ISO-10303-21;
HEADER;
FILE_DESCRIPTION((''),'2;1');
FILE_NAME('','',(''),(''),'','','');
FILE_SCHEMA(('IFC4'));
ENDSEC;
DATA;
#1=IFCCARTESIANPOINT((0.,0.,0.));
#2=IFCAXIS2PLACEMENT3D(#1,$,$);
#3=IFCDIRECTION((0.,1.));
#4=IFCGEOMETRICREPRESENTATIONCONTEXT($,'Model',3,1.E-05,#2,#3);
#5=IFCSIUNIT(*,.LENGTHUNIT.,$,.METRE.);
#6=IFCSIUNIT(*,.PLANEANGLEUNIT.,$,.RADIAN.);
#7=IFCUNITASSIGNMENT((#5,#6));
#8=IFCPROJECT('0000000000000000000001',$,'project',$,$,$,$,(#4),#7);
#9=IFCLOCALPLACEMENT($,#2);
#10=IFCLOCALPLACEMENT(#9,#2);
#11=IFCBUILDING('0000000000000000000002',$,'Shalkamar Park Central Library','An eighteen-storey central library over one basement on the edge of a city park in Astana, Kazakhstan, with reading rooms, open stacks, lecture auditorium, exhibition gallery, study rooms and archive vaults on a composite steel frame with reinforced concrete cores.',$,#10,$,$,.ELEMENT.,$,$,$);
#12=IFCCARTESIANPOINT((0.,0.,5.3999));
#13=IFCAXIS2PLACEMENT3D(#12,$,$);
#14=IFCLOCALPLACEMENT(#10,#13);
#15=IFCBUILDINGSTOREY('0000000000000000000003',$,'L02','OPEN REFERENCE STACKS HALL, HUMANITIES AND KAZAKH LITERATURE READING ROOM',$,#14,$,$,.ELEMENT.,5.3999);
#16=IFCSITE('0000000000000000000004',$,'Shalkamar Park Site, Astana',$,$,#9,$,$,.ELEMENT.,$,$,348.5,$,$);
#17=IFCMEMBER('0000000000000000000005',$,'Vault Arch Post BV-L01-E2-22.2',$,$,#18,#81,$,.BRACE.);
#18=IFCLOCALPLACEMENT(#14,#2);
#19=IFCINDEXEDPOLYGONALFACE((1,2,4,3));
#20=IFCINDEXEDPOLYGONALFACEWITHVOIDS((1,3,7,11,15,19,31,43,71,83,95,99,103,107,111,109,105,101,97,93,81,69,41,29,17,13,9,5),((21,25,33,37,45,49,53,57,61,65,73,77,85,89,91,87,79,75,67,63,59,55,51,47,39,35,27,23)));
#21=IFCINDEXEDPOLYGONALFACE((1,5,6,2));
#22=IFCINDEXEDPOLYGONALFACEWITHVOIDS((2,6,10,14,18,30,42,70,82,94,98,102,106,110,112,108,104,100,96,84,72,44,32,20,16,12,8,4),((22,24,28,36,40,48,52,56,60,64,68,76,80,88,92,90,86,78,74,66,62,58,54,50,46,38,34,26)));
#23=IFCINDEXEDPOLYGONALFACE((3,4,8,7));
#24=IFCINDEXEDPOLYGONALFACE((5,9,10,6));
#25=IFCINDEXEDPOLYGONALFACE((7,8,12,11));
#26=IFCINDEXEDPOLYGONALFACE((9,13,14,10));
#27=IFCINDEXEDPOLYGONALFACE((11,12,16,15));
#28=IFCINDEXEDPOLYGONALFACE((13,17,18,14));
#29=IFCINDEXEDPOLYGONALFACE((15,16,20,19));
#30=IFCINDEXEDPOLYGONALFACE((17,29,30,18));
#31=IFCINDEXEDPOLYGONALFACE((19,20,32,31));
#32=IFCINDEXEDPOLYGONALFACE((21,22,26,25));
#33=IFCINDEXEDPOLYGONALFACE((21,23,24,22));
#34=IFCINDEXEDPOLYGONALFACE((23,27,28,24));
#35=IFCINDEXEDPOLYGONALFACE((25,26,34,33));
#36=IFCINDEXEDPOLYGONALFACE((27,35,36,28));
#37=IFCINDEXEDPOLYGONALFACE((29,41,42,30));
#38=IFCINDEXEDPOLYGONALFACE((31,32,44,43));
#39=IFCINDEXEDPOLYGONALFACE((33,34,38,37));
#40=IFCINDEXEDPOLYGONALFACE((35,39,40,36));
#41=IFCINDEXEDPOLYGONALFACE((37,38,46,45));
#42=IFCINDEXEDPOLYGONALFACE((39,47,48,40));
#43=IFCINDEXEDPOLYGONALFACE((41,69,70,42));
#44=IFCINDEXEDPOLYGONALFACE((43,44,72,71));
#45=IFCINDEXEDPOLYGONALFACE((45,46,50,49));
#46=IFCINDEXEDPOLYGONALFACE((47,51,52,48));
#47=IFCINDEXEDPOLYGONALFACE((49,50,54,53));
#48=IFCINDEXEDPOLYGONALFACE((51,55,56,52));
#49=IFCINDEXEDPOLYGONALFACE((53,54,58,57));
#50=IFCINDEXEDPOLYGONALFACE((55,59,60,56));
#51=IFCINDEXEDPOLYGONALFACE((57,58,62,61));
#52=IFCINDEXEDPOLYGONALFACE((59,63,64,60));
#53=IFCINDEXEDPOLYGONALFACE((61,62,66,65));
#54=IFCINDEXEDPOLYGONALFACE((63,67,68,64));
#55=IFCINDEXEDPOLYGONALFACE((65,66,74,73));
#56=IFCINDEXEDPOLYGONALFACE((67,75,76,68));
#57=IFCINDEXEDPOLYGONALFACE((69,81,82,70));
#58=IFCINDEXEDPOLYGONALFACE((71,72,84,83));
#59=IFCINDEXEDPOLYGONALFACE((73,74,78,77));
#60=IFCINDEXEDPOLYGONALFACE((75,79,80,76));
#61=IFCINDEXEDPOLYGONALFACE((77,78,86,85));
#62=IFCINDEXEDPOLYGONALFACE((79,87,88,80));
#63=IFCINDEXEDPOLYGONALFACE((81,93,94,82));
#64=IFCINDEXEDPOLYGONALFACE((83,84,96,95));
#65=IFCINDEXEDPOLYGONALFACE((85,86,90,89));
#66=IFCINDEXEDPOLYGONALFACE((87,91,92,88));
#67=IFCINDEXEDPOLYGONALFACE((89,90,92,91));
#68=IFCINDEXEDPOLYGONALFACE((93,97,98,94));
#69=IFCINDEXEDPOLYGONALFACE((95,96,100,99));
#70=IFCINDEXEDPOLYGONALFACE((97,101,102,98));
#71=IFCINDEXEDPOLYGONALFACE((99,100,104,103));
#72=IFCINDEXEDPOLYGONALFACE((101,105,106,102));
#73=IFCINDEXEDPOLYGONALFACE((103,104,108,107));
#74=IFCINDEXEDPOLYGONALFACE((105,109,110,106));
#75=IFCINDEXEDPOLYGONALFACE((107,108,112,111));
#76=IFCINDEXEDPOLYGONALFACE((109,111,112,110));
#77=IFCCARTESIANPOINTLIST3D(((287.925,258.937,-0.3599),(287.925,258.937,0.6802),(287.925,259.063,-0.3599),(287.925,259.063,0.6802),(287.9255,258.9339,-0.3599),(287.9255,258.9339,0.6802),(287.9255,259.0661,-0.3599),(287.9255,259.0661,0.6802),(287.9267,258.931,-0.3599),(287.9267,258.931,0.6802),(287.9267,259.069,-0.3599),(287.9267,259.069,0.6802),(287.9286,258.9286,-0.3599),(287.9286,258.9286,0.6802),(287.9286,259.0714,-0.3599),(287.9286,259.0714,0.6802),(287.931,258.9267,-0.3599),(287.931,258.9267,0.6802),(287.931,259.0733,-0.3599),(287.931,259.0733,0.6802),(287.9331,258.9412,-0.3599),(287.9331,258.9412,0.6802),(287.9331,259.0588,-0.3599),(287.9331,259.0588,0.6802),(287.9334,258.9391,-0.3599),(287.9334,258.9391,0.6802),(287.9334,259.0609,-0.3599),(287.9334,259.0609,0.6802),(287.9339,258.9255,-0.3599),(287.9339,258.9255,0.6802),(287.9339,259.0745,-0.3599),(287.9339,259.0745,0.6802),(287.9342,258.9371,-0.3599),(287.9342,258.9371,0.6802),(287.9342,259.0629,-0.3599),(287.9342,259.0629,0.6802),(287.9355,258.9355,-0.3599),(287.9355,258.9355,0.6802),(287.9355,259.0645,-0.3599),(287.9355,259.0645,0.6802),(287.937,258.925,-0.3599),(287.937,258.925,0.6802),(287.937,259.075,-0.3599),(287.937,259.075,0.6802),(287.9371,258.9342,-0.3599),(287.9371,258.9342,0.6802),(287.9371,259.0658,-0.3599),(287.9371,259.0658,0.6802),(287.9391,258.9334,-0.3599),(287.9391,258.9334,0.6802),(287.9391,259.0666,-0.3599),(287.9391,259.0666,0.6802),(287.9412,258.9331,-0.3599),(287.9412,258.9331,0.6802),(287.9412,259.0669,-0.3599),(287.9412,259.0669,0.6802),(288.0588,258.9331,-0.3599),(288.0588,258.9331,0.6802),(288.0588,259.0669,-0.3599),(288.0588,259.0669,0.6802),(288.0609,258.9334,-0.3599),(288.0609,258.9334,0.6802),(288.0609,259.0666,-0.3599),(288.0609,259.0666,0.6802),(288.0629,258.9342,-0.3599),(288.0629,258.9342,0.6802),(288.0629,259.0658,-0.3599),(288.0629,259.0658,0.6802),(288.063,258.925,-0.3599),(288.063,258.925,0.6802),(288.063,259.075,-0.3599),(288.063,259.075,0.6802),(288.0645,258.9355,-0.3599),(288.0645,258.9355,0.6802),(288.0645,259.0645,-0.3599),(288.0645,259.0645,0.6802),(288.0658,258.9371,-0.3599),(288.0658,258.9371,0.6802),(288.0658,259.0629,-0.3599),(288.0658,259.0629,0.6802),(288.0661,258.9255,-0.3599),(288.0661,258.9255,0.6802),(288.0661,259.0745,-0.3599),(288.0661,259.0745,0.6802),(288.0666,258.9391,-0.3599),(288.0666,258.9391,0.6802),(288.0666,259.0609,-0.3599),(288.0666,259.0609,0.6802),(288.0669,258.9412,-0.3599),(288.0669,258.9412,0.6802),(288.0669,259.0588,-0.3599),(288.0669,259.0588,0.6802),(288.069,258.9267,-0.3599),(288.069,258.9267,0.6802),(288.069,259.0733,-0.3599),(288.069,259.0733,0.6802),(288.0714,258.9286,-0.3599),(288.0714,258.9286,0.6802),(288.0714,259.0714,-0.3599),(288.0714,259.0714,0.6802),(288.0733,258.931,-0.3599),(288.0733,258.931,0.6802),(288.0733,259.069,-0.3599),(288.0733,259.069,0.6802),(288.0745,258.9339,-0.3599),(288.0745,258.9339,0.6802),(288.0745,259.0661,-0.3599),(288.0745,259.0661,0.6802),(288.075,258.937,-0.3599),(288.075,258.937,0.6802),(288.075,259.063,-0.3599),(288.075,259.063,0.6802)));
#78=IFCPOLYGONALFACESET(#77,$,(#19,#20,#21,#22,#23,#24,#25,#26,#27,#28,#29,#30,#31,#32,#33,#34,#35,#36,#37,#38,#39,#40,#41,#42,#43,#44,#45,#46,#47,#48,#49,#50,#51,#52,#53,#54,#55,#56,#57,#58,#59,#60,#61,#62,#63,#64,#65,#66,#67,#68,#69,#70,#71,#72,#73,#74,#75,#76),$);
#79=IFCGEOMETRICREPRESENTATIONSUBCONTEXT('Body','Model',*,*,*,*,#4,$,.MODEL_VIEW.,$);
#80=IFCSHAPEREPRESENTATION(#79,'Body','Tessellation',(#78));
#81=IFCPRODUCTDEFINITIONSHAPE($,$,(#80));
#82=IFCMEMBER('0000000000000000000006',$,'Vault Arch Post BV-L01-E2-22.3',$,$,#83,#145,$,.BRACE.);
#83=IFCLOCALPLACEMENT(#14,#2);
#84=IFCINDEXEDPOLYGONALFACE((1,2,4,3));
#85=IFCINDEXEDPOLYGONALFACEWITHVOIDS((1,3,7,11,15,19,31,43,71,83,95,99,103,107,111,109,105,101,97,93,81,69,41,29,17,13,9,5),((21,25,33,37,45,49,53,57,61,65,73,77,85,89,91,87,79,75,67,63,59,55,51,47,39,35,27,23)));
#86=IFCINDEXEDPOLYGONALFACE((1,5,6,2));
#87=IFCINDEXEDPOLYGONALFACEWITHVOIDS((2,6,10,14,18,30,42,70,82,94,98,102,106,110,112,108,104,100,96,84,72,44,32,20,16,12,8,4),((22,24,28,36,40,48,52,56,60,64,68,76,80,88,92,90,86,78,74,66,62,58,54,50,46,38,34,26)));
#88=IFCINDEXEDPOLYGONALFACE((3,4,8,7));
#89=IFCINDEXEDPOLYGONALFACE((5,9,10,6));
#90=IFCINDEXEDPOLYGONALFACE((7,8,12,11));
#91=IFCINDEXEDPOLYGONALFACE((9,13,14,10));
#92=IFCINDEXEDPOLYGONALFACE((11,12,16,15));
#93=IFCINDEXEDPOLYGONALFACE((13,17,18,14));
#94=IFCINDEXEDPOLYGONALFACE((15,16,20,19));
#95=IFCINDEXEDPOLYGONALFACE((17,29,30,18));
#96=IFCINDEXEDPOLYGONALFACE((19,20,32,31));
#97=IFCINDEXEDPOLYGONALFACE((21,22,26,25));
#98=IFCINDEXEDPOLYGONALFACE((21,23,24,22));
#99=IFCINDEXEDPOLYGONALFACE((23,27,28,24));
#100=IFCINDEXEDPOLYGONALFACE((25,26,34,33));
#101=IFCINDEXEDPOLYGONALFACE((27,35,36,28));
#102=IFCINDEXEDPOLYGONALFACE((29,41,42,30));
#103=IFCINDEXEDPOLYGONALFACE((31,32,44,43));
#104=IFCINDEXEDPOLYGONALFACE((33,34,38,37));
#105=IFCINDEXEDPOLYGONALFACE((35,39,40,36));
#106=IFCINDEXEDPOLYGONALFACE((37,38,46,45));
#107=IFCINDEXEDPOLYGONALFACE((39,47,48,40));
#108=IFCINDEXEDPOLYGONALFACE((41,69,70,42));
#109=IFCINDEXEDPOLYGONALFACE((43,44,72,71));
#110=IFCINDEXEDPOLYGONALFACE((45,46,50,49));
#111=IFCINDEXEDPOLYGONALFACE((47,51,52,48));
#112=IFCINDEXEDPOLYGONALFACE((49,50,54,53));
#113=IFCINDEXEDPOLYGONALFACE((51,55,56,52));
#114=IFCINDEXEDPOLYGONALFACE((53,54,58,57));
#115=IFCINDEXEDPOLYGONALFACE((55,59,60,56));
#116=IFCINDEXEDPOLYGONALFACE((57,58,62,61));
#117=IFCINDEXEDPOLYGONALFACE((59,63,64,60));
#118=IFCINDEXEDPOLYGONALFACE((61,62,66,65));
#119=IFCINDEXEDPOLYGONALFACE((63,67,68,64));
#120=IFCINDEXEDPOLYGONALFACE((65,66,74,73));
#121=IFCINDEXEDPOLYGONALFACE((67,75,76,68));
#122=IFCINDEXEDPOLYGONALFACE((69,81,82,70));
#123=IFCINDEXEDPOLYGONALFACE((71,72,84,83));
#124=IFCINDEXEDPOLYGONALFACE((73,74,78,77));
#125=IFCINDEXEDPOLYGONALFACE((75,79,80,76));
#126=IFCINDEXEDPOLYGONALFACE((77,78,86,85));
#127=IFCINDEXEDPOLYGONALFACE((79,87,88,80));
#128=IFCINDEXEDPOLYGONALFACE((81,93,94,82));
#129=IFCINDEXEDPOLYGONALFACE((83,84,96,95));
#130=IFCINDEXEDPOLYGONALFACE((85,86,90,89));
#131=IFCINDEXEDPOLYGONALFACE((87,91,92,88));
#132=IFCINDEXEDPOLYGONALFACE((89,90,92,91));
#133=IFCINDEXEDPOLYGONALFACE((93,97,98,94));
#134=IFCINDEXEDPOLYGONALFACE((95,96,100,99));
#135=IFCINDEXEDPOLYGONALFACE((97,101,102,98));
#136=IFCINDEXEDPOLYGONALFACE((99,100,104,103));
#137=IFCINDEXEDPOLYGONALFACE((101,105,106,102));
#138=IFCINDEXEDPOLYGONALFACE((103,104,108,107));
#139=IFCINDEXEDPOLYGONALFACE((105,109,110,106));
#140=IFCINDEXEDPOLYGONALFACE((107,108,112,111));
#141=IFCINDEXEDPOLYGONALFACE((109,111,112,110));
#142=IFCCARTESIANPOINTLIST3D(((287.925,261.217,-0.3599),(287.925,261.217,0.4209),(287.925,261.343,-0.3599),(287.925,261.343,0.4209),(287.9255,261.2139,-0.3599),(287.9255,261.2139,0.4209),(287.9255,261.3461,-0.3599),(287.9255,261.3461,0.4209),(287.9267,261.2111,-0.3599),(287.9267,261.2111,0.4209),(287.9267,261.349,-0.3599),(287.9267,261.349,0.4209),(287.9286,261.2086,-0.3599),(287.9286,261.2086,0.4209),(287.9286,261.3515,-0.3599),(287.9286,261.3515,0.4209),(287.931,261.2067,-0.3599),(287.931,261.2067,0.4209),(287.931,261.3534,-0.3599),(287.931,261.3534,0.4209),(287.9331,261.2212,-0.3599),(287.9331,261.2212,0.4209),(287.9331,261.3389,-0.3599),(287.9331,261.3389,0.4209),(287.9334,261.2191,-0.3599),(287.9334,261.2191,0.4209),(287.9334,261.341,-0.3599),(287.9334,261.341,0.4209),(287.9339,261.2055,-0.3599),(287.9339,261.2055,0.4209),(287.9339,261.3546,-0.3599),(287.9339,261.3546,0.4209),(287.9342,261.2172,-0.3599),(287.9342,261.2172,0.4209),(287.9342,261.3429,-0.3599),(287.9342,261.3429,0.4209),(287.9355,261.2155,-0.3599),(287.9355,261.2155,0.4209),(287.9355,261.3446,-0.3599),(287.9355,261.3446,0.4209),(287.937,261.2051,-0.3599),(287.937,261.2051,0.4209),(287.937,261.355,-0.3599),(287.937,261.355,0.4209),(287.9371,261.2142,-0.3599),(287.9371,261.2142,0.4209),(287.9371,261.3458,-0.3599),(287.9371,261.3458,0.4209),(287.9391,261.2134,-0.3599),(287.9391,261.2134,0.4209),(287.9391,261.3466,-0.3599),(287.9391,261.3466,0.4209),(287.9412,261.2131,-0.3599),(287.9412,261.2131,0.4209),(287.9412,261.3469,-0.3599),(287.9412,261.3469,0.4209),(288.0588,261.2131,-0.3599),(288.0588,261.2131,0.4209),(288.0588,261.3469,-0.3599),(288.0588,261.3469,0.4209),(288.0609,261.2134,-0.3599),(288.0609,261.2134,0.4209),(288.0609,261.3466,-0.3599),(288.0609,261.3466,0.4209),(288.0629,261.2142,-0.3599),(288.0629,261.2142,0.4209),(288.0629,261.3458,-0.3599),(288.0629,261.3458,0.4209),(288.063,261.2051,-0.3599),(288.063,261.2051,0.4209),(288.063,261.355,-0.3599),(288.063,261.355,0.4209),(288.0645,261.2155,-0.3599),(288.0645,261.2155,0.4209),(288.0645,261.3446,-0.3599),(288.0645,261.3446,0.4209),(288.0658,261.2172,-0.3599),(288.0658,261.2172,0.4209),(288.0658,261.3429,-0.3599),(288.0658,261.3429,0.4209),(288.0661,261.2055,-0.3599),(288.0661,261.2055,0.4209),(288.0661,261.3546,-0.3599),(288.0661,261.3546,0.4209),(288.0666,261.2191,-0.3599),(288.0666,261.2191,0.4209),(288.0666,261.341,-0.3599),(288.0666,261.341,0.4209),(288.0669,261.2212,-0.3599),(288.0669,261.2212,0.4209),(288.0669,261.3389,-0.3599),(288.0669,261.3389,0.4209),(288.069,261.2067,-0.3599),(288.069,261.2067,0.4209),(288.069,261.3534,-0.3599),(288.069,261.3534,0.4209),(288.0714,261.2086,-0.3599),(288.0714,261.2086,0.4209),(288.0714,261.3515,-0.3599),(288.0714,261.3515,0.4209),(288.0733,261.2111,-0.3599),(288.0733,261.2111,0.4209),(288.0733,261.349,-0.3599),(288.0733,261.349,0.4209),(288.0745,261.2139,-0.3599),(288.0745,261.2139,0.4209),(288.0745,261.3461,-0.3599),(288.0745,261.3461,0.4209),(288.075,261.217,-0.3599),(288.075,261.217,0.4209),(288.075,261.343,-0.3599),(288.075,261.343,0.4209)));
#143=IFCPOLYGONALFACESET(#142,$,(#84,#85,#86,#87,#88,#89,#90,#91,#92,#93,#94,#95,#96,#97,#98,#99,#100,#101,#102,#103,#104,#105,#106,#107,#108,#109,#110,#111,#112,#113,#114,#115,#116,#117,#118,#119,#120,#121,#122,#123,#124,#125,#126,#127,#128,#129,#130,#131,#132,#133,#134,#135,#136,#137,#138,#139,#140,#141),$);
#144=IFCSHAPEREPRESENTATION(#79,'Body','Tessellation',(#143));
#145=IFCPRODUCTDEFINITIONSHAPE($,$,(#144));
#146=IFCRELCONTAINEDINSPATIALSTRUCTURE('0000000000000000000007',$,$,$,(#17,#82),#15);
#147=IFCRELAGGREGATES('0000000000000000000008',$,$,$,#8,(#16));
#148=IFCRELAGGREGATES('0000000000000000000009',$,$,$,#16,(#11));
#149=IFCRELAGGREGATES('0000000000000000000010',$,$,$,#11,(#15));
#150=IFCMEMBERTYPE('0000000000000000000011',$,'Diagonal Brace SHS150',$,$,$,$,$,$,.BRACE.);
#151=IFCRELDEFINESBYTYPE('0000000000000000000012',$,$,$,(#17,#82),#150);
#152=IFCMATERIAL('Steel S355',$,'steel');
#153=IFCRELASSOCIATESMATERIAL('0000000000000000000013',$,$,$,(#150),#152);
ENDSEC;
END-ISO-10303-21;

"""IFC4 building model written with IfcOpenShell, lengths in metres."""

from ifc_helpers import new_model, si_unit, direction, frame, origin, origin_2d, place, context, subcontext, project, spatial, hollow_rectangle, extrude, material, material_profile, profile_set, type_object, element, save


model = new_model("IFC4")

# Units and contexts
model_context = context("Model", 3, precision=1e-05, world=origin(), true_north=direction((0.0, 1.0)))
body_context = subcontext(model_context, "Body", "Model", "MODEL_VIEW")
ifc_project = project(units=[si_unit("LENGTHUNIT", "METRE"), si_unit("PLANEANGLEUNIT", "RADIAN")], contexts=[model_context])

# Site, building, storey
site_placement = place(None, origin())
site = spatial("IfcSite", under=ifc_project, at=site_placement, Name="Shalkamar Park Site, Astana", CompositionType="ELEMENT", RefElevation=348.5)
building_placement = place(site_placement, origin())
building = spatial("IfcBuilding", under=site, at=building_placement, Name="Shalkamar Park Central Library", Description="An eighteen-storey central library over one basement on the edge of a city park in Astana, Kazakhstan, with reading rooms, open stacks, lecture auditorium, exhibition gallery, study rooms and archive vaults on a composite steel frame with reinforced concrete cores.", CompositionType="ELEMENT")
storey_placement = place(building_placement, frame((0.0, 0.0, 5.3999)))
storey = spatial("IfcBuildingStorey", under=building, at=storey_placement, Name="L02", Description="OPEN REFERENCE STACKS HALL, HUMANITIES AND KAZAKH LITERATURE READING ROOM", CompositionType="ELEMENT", Elevation=5.3999)

# Shared definitions
ifc_material_1 = material(Name="Steel S355", Category="steel")

# Members
ifc_material_profile_1 = material_profile(ifc_material_1, hollow_rectangle(XDim=0.1499, YDim=0.1499, WallThickness=0.0081, InnerFilletRadius=0.0081, OuterFilletRadius=0.012, at=origin_2d()), Name="SHS 150x150x8")
ifc_profile_set_1 = profile_set([ifc_material_profile_1], Name="Steel S355")
member_type_1 = type_object("IfcMemberType", Name="Diagonal Brace SHS150", PredefinedType="BRACE", material=ifc_profile_set_1)
member_1_placement = place(storey_placement, frame((288.0, 259.0, -0.3599), z_axis=(0.0, 0.0, 1.0), x_axis=(1.0, 0.0, 0.0)))
element("IfcMember", 1, at=member_1_placement, inside=storey, type_object=member_type_1, Name="Vault Arch Post BV-L01-E2-22.2", PredefinedType="BRACE", context=body_context, shape_type="SweptSolid", body=[
    extrude(hollow_rectangle(XDim=0.1499, YDim=0.1499, WallThickness=0.0081, InnerFilletRadius=0.0081, OuterFilletRadius=0.012, at=origin_2d()), origin(), (0.0, 0.0, 1.0), 1.04),
])
for number, where, z_axis, x_axis, name in (
    (2, (288.0, 261.28, -0.3599), (0.0, 0.0, 1.0), (1.0, 0.0, 0.0), "Vault Arch Post BV-L01-E2-22.3"),
):
    element("IfcMember", number, at=place(storey_placement, frame(where, z_axis=z_axis, x_axis=x_axis)), inside=storey, type_object=member_type_1, Name=name, PredefinedType="BRACE", context=body_context, shape_type="SweptSolid", body=[
        extrude(hollow_rectangle(XDim=0.1499, YDim=0.1499, WallThickness=0.0081, InnerFilletRadius=0.0081, OuterFilletRadius=0.012, at=origin_2d()), origin(), (0.0, 0.0, 1.0), 0.7808),
    ])

save(model, "model.ifc")
